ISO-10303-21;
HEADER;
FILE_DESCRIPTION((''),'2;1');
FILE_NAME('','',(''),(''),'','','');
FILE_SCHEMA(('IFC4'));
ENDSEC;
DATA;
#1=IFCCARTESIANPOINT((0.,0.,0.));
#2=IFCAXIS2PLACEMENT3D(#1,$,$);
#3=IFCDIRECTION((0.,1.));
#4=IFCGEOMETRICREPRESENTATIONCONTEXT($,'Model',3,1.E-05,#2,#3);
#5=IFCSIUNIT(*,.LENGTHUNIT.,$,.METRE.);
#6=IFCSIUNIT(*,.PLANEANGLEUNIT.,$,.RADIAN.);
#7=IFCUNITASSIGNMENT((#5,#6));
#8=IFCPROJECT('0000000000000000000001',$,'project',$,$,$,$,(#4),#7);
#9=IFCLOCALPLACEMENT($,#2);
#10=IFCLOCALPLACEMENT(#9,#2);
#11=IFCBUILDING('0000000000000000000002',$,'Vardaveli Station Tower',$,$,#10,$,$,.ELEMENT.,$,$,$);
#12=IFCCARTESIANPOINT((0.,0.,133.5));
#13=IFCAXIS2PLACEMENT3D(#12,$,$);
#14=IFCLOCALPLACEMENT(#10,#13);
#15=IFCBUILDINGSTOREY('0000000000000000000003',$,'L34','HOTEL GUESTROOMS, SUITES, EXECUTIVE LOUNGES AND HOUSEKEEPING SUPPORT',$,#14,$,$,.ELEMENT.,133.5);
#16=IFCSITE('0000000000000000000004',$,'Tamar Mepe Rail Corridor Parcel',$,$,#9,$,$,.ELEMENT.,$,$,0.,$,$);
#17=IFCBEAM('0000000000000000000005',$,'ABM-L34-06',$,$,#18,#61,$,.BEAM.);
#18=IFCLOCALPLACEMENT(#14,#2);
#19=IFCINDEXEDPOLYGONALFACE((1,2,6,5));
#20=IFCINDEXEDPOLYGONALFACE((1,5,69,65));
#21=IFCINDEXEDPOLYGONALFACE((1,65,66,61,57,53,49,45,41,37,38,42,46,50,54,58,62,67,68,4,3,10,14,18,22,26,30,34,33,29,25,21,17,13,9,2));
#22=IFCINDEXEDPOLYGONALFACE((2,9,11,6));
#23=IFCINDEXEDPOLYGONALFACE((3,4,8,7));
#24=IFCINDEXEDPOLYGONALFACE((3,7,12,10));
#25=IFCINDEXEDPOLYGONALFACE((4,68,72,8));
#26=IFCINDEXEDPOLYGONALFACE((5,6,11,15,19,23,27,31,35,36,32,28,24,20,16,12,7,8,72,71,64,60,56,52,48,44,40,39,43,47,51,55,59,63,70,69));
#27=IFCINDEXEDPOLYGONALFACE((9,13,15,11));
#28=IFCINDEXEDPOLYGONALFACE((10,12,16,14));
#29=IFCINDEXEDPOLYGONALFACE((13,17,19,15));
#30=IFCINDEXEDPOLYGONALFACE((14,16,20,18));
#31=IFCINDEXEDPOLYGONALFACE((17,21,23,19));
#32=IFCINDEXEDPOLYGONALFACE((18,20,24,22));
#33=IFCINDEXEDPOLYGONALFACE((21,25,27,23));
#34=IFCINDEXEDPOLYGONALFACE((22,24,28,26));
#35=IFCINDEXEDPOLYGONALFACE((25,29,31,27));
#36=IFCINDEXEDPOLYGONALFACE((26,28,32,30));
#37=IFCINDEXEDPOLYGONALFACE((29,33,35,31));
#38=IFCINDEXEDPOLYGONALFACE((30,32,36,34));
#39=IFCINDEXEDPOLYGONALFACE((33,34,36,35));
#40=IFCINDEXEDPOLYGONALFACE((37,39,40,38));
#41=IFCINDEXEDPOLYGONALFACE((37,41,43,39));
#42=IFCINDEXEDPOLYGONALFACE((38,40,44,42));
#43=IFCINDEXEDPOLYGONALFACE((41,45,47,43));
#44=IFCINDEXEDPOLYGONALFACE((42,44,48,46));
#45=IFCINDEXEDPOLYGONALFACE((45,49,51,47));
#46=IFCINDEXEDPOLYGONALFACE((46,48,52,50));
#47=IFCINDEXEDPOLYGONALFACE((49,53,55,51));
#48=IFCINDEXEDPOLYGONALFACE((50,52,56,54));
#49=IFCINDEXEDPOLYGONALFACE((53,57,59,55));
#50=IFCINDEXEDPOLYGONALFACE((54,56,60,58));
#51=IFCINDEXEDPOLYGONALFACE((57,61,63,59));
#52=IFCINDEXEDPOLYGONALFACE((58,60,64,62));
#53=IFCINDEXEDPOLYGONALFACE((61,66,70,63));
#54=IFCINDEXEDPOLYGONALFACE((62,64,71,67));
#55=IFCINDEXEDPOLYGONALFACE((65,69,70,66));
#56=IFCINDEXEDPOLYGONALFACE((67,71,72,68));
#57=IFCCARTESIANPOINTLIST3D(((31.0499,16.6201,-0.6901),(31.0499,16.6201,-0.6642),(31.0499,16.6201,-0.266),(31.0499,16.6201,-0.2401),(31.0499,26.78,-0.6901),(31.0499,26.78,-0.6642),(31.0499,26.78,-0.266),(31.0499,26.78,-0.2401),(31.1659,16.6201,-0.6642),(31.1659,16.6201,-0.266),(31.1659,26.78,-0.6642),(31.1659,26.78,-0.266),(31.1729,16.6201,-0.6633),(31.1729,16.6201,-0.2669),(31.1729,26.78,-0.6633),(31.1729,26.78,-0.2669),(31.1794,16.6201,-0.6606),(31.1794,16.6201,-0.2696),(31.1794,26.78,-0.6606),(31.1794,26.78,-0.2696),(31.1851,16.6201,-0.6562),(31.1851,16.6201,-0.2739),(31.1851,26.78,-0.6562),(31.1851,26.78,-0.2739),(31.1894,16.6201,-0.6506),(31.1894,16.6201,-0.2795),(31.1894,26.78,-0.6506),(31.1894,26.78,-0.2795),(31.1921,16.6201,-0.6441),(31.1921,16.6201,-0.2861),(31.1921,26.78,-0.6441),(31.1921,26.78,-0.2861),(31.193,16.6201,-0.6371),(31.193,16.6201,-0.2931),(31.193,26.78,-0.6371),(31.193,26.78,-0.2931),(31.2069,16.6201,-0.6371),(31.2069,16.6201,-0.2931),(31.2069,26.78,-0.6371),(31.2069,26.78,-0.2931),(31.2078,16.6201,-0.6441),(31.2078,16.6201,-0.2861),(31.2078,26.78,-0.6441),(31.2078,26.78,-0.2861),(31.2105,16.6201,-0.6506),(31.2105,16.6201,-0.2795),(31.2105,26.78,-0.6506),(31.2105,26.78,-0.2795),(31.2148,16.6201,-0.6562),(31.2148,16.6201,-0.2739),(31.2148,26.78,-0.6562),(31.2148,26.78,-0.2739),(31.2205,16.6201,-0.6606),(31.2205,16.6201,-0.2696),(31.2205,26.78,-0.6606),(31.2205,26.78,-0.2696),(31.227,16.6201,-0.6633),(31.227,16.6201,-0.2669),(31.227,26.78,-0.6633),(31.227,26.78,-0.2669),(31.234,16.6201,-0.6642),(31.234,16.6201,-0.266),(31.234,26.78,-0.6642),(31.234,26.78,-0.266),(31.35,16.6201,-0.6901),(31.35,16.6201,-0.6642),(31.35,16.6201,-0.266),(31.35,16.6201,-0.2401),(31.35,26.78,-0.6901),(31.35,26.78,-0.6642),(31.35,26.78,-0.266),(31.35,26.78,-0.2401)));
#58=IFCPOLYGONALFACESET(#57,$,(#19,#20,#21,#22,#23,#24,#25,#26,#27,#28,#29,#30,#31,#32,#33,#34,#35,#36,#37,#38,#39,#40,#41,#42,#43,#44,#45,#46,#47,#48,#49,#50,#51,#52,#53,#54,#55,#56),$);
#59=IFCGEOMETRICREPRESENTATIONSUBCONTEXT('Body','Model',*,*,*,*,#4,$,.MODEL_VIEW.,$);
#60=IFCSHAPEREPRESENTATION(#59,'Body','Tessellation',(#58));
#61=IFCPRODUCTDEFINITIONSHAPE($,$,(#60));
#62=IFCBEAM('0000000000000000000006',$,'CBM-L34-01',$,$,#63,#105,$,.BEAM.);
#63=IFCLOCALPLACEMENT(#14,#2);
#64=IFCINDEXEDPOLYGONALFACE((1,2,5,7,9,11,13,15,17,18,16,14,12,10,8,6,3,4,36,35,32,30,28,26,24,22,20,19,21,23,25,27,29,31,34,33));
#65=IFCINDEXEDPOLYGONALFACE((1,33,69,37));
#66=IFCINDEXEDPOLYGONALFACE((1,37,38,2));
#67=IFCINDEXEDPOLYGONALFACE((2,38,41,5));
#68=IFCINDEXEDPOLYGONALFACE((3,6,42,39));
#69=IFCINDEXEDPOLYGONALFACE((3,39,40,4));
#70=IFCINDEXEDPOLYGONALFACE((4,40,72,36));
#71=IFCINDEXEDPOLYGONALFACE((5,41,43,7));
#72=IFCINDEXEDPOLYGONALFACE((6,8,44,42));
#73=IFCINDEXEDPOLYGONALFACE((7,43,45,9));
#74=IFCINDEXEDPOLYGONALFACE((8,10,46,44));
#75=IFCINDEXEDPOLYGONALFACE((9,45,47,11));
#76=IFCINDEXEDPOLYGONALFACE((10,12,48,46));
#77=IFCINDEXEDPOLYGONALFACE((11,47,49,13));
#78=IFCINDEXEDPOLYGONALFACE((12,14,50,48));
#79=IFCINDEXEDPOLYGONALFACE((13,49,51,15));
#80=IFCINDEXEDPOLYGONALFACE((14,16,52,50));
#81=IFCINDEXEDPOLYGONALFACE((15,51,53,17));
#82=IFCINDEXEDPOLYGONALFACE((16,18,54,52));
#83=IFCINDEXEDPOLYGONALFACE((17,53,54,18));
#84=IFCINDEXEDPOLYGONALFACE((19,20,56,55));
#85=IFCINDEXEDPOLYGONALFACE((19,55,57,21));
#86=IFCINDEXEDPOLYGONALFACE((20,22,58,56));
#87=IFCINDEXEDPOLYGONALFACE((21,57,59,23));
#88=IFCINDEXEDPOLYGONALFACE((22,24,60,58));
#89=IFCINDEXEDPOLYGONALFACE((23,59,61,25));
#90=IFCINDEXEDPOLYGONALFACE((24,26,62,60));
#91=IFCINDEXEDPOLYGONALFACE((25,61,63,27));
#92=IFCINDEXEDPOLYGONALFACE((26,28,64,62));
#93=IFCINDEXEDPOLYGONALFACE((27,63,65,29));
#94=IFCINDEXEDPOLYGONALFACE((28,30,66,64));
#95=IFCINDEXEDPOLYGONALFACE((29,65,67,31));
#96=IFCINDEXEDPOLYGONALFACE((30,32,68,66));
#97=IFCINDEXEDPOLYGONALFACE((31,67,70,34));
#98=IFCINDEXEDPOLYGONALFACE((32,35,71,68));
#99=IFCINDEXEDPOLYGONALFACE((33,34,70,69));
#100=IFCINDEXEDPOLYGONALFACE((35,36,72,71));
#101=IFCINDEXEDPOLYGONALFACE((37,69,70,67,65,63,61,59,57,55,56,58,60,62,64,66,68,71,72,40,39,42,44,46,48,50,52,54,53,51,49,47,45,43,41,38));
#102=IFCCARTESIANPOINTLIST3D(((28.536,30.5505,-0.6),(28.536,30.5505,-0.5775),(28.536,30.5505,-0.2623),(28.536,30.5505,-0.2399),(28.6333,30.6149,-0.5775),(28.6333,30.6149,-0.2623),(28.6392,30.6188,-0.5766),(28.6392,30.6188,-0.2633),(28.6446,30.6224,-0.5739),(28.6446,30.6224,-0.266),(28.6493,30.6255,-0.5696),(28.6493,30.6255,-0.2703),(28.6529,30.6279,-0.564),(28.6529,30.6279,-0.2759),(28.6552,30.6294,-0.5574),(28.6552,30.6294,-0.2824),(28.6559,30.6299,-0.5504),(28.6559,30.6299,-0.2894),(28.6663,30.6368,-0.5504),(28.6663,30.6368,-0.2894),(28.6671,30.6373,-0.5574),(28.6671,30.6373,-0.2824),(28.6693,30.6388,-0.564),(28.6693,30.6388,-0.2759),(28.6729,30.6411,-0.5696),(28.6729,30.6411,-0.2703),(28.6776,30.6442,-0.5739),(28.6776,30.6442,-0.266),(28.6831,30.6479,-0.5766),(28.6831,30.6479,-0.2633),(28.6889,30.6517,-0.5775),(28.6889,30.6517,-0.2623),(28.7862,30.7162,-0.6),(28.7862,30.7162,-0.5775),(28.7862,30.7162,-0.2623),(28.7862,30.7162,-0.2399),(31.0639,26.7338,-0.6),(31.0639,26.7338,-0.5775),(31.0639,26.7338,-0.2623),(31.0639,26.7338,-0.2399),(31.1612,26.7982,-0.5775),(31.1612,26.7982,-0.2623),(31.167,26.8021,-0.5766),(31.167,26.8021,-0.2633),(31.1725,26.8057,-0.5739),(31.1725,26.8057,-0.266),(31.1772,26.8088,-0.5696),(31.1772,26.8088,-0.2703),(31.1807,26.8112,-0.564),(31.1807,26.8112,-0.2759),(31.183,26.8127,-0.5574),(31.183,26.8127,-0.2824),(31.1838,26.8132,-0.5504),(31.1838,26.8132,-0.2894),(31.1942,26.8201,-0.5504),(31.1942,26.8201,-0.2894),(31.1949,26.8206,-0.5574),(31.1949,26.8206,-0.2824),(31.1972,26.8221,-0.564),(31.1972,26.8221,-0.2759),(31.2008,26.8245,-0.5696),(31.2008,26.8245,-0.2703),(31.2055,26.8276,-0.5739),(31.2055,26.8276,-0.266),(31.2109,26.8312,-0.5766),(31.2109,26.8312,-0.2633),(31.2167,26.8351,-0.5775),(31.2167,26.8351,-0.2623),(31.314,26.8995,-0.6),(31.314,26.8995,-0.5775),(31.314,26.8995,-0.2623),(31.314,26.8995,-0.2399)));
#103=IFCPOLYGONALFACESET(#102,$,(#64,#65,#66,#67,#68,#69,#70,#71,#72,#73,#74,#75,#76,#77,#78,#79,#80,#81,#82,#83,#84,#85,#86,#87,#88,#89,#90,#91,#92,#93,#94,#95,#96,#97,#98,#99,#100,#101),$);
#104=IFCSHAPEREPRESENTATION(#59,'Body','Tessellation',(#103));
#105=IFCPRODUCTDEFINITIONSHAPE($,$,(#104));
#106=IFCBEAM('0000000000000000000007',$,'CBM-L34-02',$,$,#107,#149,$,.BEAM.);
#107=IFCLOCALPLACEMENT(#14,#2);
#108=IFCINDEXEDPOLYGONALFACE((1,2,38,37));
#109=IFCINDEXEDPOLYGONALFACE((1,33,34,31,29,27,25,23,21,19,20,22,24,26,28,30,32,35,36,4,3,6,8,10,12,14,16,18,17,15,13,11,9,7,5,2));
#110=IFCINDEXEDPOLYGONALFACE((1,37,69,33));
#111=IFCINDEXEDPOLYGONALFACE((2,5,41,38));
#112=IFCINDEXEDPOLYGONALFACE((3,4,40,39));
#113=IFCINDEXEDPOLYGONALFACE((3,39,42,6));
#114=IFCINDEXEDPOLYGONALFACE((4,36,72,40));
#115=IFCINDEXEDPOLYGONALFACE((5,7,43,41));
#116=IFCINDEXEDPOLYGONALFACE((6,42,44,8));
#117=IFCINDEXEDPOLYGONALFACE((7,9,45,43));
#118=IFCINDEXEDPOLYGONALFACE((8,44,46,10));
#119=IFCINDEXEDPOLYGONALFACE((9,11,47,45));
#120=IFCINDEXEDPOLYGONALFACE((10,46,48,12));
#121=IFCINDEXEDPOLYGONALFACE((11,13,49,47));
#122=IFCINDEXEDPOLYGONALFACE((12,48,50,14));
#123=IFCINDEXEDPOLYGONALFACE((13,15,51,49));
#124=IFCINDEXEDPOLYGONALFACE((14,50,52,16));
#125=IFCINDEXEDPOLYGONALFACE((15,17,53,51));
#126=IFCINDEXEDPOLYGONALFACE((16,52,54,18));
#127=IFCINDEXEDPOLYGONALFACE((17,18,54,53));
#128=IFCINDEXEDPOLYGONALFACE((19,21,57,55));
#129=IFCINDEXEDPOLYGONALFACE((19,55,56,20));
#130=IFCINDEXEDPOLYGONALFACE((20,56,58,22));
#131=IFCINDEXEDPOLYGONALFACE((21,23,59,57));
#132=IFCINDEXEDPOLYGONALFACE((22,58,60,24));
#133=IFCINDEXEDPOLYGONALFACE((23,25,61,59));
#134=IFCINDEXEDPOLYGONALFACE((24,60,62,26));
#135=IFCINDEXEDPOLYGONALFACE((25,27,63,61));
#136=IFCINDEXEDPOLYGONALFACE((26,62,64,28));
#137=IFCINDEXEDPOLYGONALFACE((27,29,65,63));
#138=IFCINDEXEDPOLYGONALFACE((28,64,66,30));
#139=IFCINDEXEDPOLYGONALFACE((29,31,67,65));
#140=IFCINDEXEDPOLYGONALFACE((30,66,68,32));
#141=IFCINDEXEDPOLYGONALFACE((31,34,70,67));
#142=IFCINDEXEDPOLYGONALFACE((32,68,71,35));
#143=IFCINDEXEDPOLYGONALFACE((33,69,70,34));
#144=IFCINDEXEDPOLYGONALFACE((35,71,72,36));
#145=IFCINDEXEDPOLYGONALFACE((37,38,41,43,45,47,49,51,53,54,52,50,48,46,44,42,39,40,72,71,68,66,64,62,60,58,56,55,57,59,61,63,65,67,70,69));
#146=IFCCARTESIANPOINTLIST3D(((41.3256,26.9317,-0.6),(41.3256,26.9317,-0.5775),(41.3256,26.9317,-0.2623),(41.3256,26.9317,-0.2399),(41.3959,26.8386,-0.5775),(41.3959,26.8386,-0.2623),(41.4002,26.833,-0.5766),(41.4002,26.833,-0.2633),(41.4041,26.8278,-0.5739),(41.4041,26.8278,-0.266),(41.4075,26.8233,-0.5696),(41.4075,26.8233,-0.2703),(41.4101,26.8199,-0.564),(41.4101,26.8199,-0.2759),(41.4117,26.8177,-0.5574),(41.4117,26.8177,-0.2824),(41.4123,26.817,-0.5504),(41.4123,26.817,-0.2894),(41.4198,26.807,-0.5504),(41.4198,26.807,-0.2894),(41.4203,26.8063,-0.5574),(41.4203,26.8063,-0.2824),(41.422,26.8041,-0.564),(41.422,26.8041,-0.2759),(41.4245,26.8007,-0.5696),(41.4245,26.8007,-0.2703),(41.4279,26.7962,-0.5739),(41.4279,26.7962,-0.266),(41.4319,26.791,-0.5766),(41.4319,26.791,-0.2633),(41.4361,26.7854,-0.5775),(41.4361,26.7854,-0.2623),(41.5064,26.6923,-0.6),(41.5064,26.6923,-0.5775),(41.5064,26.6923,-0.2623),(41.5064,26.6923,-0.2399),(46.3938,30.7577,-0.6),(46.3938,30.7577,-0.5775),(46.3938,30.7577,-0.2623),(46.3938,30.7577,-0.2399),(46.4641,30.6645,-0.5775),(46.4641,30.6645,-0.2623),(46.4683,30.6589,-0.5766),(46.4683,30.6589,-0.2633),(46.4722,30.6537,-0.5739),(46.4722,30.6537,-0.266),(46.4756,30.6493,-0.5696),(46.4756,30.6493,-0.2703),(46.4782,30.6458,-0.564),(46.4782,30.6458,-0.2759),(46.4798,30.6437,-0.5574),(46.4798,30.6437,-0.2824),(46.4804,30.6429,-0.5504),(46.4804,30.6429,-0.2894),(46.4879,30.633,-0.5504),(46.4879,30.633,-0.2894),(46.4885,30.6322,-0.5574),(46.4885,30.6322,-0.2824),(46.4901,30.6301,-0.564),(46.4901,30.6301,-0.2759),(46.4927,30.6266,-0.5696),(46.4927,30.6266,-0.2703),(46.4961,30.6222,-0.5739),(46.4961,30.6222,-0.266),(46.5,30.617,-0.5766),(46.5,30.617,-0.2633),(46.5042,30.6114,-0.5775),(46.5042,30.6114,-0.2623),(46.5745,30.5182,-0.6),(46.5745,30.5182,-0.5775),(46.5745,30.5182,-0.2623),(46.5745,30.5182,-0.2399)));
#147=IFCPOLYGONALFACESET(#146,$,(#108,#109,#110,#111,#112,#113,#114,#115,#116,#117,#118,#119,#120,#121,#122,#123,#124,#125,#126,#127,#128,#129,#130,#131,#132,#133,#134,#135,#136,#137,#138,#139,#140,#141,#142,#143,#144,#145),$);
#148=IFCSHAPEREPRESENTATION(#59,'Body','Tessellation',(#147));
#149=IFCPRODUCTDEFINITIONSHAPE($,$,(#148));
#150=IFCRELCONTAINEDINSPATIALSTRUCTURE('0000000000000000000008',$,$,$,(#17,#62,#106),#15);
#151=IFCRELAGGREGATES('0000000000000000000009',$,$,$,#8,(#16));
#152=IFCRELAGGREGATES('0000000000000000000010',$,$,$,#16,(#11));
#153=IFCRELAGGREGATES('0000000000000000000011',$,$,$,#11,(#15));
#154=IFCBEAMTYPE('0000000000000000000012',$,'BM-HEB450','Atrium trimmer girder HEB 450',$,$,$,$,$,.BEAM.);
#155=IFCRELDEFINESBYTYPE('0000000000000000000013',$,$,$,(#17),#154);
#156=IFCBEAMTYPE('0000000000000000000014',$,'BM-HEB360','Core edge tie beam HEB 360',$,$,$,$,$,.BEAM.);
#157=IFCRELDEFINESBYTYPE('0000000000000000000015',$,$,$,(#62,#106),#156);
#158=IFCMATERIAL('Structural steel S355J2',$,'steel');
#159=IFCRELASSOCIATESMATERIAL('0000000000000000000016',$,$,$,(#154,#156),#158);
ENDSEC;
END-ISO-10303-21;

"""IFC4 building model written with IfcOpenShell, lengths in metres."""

from ifc_helpers import new_model, si_unit, direction, frame, origin, origin_2d, place, context, subcontext, project, spatial, i_section, extrude, source, transform, mapped, material, material_profile, profile_set, type_object, element, save


model = new_model("IFC4")

# Units and contexts
model_context = context("Model", 3, precision=1e-05, world=origin(), true_north=direction((0.0, 1.0)))
body_context = subcontext(model_context, "Body", "Model", "MODEL_VIEW")
ifc_project = project(units=[si_unit("LENGTHUNIT", "METRE"), si_unit("PLANEANGLEUNIT", "RADIAN")], contexts=[model_context])

# Site, building, storey
site_placement = place(None, origin())
site = spatial("IfcSite", under=ifc_project, at=site_placement, Name="Tamar Mepe Rail Corridor Parcel", CompositionType="ELEMENT", RefElevation=0.0)
building_placement = place(site_placement, origin())
building = spatial("IfcBuilding", under=site, at=building_placement, Name="Vardaveli Station Tower", CompositionType="ELEMENT")
storey_placement = place(building_placement, frame((0.0, 0.0, 133.5)))
storey = spatial("IfcBuildingStorey", under=building, at=storey_placement, Name="L34", Description="HOTEL GUESTROOMS, SUITES, EXECUTIVE LOUNGES AND HOUSEKEEPING SUPPORT", CompositionType="ELEMENT", Elevation=133.5)

# Beams
ifc_material_1 = material(Name="Structural steel S355J2", Category="steel")
ifc_material_profile_1 = material_profile(ifc_material_1, i_section(OverallWidth=0.3, OverallDepth=0.45, WebThickness=0.0139, FlangeThickness=0.0259, FilletRadius=0.0271, at=origin_2d()), Name="HEB 450")
ifc_profile_set_1 = profile_set([ifc_material_profile_1], Name="Structural steel S355J2")
beam_type_1 = type_object("IfcBeamType", Name="BM-HEB450", Description="Atrium trimmer girder HEB 450", PredefinedType="BEAM", material=ifc_profile_set_1)
shared_shape_1 = source(origin(), body_context, "Body", "SweptSolid", [
    extrude(i_section(OverallWidth=0.3, OverallDepth=0.45, WebThickness=0.0139, FlangeThickness=0.0259, FilletRadius=0.0271, at=origin_2d()), origin(), (0.0, 0.0, 1.0), 10.1599),
])
for number, where, z_axis, x_axis, name in (
    (1, (31.2, 26.78, -0.4651), (0.0, -1.0, 0.0), (1.0, 0.0, 0.0), "ABM-L34-06"),
):
    element("IfcBeam", number, at=place(storey_placement, frame(where, z_axis=z_axis, x_axis=x_axis)), inside=storey, type_object=beam_type_1, Name=name, PredefinedType="BEAM", context=body_context, shape_type="MappedRepresentation", body=[
        mapped(shared_shape_1, transform((0.0, 0.0, 0.0), scale=1.0)),
    ])
ifc_material_profile_2 = material_profile(ifc_material_1, i_section(OverallWidth=0.3, OverallDepth=0.3601, WebThickness=0.0125, FlangeThickness=0.0225, FilletRadius=0.0271, at=origin_2d()), Name="HEB 360")
ifc_profile_set_2 = profile_set([ifc_material_profile_2], Name="Structural steel S355J2")
beam_type_2 = type_object("IfcBeamType", Name="BM-HEB360", Description="Core edge tie beam HEB 360", PredefinedType="BEAM", material=ifc_profile_set_2)
shared_shape_2 = source(origin(), body_context, "Body", "SweptSolid", [
    extrude(i_section(OverallWidth=0.3, OverallDepth=0.3601, WebThickness=0.0125, FlangeThickness=0.0225, FilletRadius=0.0271, at=origin_2d()), origin(), (0.0, 0.0, 1.0), 4.5779),
])
beam_1_placement = place(storey_placement, frame((31.189, 26.8167, -0.4199), z_axis=(-0.552187, 0.83372, 0.0), x_axis=(-0.83372, -0.552187, 0.0)))
element("IfcBeam", 2, at=beam_1_placement, inside=storey, type_object=beam_type_2, Name="CBM-L34-01", PredefinedType="BEAM", context=body_context, shape_type="MappedRepresentation", body=[
    mapped(shared_shape_2, transform((0.0, 0.0, 0.0), scale=1.0)),
])
shared_shape_3 = source(origin(), body_context, "Body", "SweptSolid", [
    extrude(i_section(OverallWidth=0.3, OverallDepth=0.3601, WebThickness=0.0125, FlangeThickness=0.0225, FilletRadius=0.0271, at=origin_2d()), origin(), (0.0, 0.0, 1.0), 6.3501),
])
beam_2_placement = place(storey_placement, frame((41.416, 26.812, -0.4199), z_axis=(0.798118, 0.602501, 0.0), x_axis=(-0.602501, 0.798118, 0.0)))
element("IfcBeam", 3, at=beam_2_placement, inside=storey, type_object=beam_type_2, Name="CBM-L34-02", PredefinedType="BEAM", context=body_context, shape_type="MappedRepresentation", body=[
    mapped(shared_shape_3, transform((0.0, 0.0, 0.0), scale=1.0)),
])

save(model, "model.ifc")
